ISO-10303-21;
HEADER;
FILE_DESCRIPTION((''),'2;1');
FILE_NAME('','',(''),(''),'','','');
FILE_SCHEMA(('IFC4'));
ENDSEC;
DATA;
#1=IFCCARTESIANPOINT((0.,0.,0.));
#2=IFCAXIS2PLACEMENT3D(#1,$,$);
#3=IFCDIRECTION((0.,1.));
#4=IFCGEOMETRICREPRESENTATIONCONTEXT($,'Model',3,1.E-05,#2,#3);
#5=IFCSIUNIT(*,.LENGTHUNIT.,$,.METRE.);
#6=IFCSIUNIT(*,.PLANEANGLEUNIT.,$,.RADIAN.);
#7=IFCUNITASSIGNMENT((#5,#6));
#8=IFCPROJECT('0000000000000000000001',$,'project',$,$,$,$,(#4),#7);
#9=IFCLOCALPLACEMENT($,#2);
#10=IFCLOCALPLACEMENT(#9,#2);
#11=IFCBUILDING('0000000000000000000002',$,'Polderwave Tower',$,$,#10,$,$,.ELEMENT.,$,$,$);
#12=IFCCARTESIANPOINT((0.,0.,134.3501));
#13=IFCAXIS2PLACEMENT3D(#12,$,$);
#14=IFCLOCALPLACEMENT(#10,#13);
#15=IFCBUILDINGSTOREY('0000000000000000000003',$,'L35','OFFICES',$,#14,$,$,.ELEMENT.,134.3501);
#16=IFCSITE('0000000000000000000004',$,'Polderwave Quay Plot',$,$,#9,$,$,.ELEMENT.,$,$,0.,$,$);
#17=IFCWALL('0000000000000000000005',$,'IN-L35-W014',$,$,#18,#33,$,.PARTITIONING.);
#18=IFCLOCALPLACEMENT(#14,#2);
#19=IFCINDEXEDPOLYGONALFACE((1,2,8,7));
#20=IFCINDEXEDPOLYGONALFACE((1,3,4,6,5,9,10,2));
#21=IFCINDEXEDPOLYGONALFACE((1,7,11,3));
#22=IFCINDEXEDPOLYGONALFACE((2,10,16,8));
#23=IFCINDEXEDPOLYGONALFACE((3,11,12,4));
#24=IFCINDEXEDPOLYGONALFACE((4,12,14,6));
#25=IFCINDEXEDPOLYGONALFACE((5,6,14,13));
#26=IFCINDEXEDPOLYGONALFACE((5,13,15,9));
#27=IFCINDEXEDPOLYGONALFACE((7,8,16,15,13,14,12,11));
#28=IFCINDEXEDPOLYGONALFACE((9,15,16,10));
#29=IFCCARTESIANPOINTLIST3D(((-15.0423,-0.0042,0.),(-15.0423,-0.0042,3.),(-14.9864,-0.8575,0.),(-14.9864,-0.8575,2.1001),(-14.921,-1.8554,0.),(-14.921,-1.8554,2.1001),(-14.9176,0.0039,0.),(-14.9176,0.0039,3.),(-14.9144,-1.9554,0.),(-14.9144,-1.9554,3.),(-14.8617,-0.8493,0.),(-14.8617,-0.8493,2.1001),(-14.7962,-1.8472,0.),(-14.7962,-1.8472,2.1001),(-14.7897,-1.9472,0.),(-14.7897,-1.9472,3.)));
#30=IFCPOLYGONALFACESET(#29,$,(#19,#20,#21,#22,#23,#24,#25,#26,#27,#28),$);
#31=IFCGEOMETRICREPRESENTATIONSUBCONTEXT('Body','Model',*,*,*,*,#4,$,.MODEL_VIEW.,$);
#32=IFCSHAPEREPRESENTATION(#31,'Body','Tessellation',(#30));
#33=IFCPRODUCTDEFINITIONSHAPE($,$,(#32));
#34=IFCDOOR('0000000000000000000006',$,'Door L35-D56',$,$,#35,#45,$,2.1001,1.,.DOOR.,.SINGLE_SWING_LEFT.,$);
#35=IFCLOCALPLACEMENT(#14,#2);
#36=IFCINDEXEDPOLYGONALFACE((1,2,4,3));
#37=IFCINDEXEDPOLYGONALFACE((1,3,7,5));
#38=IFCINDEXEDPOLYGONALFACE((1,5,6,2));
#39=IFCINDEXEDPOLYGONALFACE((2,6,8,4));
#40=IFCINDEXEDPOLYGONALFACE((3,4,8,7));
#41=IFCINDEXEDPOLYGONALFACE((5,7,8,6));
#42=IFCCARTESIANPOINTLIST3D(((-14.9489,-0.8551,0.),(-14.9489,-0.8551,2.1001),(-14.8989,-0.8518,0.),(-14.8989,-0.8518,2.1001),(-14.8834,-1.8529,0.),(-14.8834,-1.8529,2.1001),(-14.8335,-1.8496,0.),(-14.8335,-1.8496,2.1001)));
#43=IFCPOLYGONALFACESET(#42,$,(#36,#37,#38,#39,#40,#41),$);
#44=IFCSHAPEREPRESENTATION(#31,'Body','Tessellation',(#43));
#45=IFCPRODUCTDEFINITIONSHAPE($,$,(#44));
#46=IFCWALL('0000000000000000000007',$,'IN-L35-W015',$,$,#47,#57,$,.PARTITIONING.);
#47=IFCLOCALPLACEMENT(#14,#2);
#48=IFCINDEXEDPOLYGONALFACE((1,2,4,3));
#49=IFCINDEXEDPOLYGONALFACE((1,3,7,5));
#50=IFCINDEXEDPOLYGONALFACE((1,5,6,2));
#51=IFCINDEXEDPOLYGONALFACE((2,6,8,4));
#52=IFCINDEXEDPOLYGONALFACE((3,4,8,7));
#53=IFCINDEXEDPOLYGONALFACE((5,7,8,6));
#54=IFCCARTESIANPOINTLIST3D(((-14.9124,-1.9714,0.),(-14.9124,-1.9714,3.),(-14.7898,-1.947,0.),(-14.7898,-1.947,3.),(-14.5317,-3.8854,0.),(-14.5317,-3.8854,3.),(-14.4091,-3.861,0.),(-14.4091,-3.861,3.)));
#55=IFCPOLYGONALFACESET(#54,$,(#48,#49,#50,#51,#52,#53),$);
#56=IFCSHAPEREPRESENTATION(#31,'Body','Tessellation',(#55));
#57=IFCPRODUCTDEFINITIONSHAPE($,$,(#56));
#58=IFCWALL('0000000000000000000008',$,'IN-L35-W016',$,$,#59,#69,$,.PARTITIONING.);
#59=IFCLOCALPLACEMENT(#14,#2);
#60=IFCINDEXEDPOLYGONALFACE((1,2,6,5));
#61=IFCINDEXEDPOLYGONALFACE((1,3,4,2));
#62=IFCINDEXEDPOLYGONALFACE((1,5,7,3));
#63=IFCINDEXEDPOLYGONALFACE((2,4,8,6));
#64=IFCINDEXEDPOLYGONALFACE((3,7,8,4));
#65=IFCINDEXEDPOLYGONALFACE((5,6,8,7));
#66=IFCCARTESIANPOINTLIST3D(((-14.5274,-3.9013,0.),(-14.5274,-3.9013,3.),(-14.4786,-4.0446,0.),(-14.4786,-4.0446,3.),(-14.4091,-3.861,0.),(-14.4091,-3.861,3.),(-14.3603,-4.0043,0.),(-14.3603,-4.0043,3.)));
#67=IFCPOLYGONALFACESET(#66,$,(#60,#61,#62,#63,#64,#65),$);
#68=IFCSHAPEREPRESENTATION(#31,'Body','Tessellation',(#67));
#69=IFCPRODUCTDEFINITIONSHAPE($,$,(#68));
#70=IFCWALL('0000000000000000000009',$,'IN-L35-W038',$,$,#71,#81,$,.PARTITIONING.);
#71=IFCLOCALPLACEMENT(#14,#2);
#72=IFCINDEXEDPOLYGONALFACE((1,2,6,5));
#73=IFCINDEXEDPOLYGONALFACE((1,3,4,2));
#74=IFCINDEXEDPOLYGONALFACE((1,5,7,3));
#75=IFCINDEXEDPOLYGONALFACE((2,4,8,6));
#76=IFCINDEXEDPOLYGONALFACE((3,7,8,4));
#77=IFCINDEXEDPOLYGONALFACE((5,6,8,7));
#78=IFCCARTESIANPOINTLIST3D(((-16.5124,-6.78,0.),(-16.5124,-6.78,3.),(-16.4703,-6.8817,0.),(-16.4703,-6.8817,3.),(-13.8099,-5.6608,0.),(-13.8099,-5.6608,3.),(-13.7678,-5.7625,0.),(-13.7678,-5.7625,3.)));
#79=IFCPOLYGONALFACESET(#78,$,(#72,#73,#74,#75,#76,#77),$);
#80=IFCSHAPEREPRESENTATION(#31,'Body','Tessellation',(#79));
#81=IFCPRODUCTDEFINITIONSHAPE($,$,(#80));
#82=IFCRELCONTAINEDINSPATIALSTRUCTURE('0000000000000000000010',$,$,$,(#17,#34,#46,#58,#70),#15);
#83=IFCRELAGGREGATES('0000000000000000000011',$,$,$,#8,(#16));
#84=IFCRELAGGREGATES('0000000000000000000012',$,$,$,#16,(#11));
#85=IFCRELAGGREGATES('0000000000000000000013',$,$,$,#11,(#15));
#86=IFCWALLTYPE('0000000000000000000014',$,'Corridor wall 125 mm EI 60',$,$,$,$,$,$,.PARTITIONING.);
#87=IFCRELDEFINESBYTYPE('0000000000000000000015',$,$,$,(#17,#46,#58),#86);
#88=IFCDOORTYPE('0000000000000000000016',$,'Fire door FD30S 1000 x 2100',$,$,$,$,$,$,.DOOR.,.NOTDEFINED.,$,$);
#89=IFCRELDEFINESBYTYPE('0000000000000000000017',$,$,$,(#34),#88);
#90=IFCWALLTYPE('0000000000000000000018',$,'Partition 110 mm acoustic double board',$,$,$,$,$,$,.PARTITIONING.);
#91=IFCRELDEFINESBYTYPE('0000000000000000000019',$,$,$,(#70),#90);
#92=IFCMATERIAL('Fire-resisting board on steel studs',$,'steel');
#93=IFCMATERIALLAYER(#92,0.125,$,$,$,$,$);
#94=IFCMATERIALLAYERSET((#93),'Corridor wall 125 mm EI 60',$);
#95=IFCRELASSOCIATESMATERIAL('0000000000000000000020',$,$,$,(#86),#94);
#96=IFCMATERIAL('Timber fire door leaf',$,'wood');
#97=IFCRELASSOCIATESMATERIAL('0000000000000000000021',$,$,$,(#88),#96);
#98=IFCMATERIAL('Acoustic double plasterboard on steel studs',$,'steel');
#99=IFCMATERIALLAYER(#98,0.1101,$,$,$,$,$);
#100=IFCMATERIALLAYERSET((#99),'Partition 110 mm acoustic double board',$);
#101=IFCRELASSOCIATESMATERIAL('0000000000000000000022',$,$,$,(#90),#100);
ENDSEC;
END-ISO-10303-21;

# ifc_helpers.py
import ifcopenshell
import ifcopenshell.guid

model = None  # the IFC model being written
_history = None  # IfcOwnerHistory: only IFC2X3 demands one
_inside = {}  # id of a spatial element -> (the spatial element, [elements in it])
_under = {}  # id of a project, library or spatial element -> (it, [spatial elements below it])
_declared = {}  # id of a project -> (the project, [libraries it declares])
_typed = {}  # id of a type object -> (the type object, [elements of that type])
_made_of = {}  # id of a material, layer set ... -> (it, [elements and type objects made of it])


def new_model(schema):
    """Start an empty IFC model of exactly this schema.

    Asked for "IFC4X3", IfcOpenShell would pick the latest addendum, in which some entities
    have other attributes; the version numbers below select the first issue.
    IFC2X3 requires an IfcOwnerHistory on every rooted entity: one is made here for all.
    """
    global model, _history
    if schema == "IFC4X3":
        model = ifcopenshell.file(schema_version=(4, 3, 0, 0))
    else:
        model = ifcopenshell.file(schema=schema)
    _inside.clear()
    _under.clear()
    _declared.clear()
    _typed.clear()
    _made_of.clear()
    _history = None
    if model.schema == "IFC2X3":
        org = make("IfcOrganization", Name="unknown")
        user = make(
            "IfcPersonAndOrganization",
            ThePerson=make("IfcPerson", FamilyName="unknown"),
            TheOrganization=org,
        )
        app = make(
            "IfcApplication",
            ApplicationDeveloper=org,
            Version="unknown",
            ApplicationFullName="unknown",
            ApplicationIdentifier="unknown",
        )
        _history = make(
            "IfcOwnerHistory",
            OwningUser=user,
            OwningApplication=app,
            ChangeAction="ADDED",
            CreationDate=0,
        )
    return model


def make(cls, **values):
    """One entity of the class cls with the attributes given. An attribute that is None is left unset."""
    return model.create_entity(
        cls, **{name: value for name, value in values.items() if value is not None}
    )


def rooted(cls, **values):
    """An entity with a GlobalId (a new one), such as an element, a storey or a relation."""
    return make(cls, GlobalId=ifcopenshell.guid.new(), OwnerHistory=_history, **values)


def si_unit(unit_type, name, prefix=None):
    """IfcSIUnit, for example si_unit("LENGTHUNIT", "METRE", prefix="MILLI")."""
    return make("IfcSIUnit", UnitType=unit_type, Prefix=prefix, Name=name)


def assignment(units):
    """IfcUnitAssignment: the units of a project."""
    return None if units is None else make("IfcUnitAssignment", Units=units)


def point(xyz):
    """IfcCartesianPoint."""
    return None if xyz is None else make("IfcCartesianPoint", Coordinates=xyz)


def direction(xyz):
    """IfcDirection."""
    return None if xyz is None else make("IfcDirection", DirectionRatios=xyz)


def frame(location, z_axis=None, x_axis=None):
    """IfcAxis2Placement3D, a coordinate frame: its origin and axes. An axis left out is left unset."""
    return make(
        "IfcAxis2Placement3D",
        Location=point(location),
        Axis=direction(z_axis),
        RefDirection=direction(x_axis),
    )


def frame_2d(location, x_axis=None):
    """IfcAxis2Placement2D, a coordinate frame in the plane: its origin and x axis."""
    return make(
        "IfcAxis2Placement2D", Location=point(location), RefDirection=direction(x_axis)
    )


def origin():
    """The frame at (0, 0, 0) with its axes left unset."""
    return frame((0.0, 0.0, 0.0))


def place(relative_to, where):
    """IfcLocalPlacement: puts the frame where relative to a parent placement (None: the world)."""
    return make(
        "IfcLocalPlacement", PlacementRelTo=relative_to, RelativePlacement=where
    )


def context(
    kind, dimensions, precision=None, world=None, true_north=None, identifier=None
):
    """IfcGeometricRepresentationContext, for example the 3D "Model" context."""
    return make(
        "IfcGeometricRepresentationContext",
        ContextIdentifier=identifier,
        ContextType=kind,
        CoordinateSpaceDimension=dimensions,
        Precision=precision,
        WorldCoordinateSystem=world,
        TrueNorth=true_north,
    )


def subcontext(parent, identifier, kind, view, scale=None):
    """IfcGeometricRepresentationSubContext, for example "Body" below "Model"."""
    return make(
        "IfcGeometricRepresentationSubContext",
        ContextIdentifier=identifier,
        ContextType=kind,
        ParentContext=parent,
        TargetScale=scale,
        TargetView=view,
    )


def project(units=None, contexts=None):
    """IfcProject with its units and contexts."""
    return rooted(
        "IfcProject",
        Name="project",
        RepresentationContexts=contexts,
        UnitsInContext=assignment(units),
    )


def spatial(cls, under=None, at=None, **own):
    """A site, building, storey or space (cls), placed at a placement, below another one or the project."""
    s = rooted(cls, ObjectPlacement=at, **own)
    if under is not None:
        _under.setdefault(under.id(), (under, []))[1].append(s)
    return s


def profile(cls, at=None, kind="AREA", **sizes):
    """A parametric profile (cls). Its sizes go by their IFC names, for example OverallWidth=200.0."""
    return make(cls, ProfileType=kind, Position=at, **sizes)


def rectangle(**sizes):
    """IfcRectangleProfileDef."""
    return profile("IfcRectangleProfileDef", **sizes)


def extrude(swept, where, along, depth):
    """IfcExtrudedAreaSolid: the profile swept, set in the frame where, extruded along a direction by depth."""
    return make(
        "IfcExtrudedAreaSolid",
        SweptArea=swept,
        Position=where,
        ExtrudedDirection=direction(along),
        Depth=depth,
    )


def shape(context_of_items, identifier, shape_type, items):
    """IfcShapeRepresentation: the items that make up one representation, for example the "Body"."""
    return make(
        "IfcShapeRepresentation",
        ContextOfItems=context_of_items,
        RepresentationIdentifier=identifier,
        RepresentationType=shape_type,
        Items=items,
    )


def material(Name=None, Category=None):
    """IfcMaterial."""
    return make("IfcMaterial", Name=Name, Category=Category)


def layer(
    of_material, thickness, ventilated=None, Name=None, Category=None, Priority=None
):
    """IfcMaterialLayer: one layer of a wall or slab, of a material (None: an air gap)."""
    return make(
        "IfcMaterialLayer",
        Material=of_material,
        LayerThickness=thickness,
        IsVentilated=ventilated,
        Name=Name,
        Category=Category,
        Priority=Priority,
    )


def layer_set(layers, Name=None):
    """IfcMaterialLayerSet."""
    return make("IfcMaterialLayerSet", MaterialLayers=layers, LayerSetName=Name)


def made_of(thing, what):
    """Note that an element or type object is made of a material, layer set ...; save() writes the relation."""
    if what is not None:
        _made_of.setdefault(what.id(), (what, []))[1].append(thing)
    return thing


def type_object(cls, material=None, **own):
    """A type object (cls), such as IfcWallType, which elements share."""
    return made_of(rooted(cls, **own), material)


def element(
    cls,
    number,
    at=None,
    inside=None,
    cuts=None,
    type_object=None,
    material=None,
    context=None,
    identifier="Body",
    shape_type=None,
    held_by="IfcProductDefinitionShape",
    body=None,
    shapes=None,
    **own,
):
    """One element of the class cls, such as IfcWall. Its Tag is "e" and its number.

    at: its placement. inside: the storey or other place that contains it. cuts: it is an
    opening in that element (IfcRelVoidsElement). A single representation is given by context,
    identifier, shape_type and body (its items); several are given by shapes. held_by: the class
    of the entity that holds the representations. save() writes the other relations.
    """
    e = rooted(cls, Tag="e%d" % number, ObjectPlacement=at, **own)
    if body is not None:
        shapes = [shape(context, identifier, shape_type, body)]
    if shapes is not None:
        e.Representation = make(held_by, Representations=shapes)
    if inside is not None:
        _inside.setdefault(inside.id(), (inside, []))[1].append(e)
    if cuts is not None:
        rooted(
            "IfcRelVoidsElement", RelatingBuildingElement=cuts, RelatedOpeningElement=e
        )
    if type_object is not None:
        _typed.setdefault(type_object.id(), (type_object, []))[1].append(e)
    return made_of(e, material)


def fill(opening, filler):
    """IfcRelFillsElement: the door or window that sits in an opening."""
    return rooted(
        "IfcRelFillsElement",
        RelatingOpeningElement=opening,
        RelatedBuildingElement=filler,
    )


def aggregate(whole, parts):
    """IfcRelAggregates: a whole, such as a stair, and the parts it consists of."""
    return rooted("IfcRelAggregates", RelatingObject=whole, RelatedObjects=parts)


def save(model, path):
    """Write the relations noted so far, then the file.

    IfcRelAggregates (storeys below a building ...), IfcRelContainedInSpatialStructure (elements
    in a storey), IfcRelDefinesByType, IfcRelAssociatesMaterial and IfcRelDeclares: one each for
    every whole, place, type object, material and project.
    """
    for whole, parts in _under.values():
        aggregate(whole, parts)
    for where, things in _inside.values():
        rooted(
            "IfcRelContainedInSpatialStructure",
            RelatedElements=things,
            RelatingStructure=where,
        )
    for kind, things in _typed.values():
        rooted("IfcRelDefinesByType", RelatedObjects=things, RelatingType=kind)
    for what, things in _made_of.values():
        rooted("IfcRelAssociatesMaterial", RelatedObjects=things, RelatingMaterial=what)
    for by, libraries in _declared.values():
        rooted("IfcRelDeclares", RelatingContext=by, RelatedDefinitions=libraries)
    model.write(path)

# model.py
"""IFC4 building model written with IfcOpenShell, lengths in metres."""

from ifc_helpers import new_model, si_unit, direction, frame, frame_2d, origin, place, context, subcontext, project, spatial, rectangle, extrude, material, layer, layer_set, type_object, element, fill, save


model = new_model("IFC4")

# Units and contexts
model_context = context("Model", 3, precision=1e-05, world=origin(), true_north=direction((0.0, 1.0)))
body_context = subcontext(model_context, "Body", "Model", "MODEL_VIEW")
ifc_project = project(units=[si_unit("LENGTHUNIT", "METRE"), si_unit("PLANEANGLEUNIT", "RADIAN")], contexts=[model_context])

# Site, building, storey
site_placement = place(None, origin())
site = spatial("IfcSite", under=ifc_project, at=site_placement, Name="Polderwave Quay Plot", CompositionType="ELEMENT", RefElevation=0.0)
building_placement = place(site_placement, origin())
building = spatial("IfcBuilding", under=site, at=building_placement, Name="Polderwave Tower", CompositionType="ELEMENT")
storey_placement = place(building_placement, frame((0.0, 0.0, 134.3501)))
storey = spatial("IfcBuildingStorey", under=building, at=storey_placement, Name="L35", Description="OFFICES", CompositionType="ELEMENT", Elevation=134.3501)

# Wall, opening, door
ifc_material_1 = material(Name="Fire-resisting board on steel studs", Category="steel")
ifc_layer_1 = layer(ifc_material_1, 0.125)
ifc_layer_set_1 = layer_set([ifc_layer_1], Name="Corridor wall 125 mm EI 60")
wall_type_1 = type_object("IfcWallType", Name="Corridor wall 125 mm EI 60", PredefinedType="PARTITIONING", material=ifc_layer_set_1)
wall_1_placement = place(storey_placement, frame((-14.8521, -1.9512, 0.0), z_axis=(0.0, 0.0, 1.0), x_axis=(-0.065425, 0.997857, 0.0)))
wall_1 = element("IfcWall", 1, at=wall_1_placement, inside=storey, type_object=wall_type_1, Name="IN-L35-W014", PredefinedType="PARTITIONING", context=body_context, shape_type="SweptSolid", body=[
    extrude(rectangle(XDim=1.9553, YDim=0.125, at=frame_2d((0.9775, 0.0))), origin(), (0.0, 0.0, 1.0), 3.0),
])
opening_placement = place(wall_1_placement, frame((0.1001, 0.0, 0.0)))
opening = element("IfcOpeningElement", 2, at=opening_placement, cuts=wall_1, PredefinedType="OPENING", context=body_context, shape_type="SweptSolid", body=[
    extrude(rectangle(XDim=1.0, YDim=2.1001, at=frame_2d((0.5, 1.05))), frame((0.0, 0.0725, 0.0), z_axis=(0.0, -1.0, 0.0), x_axis=(1.0, 0.0, 0.0)), (0.0, 0.0, 1.0), 0.145),
])
ifc_material_2 = material(Name="Timber fire door leaf", Category="wood")
door_type = type_object("IfcDoorType", Name="Fire door FD30S 1000 x 2100", OperationType="NOTDEFINED", PredefinedType="DOOR", material=ifc_material_2)
door_placement = place(opening_placement, origin())
door = element("IfcDoor", 3, at=door_placement, inside=storey, type_object=door_type, Name="Door L35-D56", OperationType="SINGLE_SWING_LEFT", OverallHeight=2.1001, OverallWidth=1.0, PredefinedType="DOOR", context=body_context, shape_type="SweptSolid", body=[
    extrude(rectangle(XDim=1.0, YDim=2.1001, at=frame_2d((0.5, 1.05))), frame((0.0, 0.0249, 0.0), z_axis=(0.0, -1.0, 0.0), x_axis=(1.0, 0.0, 0.0)), (0.0, 0.0, 1.0), 0.05),
])
fill(opening, door)

# Walls
wall_2_placement = place(storey_placement, frame((-14.4705, -3.873, 0.0), z_axis=(0.0, 0.0, 1.0), x_axis=(-0.195057, 0.980792, 0.0)))
element("IfcWall", 4, at=wall_2_placement, inside=storey, type_object=wall_type_1, Name="IN-L35-W015", PredefinedType="PARTITIONING", context=body_context, shape_type="SweptSolid", body=[
    extrude(rectangle(XDim=1.9514, YDim=0.125, at=frame_2d((0.9756, 0.0))), origin(), (0.0, 0.0, 1.0), 3.0),
])
wall_3_placement = place(storey_placement, frame((-14.4194, -4.0244, 0.0), z_axis=(0.0, 0.0, 1.0), x_axis=(-0.32251, 0.946566, 0.0)))
element("IfcWall", 5, at=wall_3_placement, inside=storey, type_object=wall_type_1, Name="IN-L35-W016", PredefinedType="PARTITIONING", context=body_context, shape_type="SweptSolid", body=[
    extrude(rectangle(XDim=0.1514, YDim=0.125, at=frame_2d((0.0757, 0.0))), origin(), (0.0, 0.0, 1.0), 3.0),
])
ifc_material_3 = material(Name="Acoustic double plasterboard on steel studs", Category="steel")
ifc_layer_2 = layer(ifc_material_3, 0.1101)
ifc_layer_set_2 = layer_set([ifc_layer_2], Name="Partition 110 mm acoustic double board")
wall_type_2 = type_object("IfcWallType", Name="Partition 110 mm acoustic double board", PredefinedType="PARTITIONING", material=ifc_layer_set_2)
wall_4_placement = place(storey_placement, frame((-16.4912, -6.8308, 0.0), z_axis=(0.0, 0.0, 1.0), x_axis=(0.923907, 0.382617, 0.0)))
element("IfcWall", 6, at=wall_4_placement, inside=storey, type_object=wall_type_2, Name="IN-L35-W038", PredefinedType="PARTITIONING", context=body_context, shape_type="SweptSolid", body=[
    extrude(rectangle(XDim=2.925, YDim=0.1101, at=frame_2d((1.4624, 0.0))), origin(), (0.0, 0.0, 1.0), 3.0),
])

save(model, "model.ifc")
